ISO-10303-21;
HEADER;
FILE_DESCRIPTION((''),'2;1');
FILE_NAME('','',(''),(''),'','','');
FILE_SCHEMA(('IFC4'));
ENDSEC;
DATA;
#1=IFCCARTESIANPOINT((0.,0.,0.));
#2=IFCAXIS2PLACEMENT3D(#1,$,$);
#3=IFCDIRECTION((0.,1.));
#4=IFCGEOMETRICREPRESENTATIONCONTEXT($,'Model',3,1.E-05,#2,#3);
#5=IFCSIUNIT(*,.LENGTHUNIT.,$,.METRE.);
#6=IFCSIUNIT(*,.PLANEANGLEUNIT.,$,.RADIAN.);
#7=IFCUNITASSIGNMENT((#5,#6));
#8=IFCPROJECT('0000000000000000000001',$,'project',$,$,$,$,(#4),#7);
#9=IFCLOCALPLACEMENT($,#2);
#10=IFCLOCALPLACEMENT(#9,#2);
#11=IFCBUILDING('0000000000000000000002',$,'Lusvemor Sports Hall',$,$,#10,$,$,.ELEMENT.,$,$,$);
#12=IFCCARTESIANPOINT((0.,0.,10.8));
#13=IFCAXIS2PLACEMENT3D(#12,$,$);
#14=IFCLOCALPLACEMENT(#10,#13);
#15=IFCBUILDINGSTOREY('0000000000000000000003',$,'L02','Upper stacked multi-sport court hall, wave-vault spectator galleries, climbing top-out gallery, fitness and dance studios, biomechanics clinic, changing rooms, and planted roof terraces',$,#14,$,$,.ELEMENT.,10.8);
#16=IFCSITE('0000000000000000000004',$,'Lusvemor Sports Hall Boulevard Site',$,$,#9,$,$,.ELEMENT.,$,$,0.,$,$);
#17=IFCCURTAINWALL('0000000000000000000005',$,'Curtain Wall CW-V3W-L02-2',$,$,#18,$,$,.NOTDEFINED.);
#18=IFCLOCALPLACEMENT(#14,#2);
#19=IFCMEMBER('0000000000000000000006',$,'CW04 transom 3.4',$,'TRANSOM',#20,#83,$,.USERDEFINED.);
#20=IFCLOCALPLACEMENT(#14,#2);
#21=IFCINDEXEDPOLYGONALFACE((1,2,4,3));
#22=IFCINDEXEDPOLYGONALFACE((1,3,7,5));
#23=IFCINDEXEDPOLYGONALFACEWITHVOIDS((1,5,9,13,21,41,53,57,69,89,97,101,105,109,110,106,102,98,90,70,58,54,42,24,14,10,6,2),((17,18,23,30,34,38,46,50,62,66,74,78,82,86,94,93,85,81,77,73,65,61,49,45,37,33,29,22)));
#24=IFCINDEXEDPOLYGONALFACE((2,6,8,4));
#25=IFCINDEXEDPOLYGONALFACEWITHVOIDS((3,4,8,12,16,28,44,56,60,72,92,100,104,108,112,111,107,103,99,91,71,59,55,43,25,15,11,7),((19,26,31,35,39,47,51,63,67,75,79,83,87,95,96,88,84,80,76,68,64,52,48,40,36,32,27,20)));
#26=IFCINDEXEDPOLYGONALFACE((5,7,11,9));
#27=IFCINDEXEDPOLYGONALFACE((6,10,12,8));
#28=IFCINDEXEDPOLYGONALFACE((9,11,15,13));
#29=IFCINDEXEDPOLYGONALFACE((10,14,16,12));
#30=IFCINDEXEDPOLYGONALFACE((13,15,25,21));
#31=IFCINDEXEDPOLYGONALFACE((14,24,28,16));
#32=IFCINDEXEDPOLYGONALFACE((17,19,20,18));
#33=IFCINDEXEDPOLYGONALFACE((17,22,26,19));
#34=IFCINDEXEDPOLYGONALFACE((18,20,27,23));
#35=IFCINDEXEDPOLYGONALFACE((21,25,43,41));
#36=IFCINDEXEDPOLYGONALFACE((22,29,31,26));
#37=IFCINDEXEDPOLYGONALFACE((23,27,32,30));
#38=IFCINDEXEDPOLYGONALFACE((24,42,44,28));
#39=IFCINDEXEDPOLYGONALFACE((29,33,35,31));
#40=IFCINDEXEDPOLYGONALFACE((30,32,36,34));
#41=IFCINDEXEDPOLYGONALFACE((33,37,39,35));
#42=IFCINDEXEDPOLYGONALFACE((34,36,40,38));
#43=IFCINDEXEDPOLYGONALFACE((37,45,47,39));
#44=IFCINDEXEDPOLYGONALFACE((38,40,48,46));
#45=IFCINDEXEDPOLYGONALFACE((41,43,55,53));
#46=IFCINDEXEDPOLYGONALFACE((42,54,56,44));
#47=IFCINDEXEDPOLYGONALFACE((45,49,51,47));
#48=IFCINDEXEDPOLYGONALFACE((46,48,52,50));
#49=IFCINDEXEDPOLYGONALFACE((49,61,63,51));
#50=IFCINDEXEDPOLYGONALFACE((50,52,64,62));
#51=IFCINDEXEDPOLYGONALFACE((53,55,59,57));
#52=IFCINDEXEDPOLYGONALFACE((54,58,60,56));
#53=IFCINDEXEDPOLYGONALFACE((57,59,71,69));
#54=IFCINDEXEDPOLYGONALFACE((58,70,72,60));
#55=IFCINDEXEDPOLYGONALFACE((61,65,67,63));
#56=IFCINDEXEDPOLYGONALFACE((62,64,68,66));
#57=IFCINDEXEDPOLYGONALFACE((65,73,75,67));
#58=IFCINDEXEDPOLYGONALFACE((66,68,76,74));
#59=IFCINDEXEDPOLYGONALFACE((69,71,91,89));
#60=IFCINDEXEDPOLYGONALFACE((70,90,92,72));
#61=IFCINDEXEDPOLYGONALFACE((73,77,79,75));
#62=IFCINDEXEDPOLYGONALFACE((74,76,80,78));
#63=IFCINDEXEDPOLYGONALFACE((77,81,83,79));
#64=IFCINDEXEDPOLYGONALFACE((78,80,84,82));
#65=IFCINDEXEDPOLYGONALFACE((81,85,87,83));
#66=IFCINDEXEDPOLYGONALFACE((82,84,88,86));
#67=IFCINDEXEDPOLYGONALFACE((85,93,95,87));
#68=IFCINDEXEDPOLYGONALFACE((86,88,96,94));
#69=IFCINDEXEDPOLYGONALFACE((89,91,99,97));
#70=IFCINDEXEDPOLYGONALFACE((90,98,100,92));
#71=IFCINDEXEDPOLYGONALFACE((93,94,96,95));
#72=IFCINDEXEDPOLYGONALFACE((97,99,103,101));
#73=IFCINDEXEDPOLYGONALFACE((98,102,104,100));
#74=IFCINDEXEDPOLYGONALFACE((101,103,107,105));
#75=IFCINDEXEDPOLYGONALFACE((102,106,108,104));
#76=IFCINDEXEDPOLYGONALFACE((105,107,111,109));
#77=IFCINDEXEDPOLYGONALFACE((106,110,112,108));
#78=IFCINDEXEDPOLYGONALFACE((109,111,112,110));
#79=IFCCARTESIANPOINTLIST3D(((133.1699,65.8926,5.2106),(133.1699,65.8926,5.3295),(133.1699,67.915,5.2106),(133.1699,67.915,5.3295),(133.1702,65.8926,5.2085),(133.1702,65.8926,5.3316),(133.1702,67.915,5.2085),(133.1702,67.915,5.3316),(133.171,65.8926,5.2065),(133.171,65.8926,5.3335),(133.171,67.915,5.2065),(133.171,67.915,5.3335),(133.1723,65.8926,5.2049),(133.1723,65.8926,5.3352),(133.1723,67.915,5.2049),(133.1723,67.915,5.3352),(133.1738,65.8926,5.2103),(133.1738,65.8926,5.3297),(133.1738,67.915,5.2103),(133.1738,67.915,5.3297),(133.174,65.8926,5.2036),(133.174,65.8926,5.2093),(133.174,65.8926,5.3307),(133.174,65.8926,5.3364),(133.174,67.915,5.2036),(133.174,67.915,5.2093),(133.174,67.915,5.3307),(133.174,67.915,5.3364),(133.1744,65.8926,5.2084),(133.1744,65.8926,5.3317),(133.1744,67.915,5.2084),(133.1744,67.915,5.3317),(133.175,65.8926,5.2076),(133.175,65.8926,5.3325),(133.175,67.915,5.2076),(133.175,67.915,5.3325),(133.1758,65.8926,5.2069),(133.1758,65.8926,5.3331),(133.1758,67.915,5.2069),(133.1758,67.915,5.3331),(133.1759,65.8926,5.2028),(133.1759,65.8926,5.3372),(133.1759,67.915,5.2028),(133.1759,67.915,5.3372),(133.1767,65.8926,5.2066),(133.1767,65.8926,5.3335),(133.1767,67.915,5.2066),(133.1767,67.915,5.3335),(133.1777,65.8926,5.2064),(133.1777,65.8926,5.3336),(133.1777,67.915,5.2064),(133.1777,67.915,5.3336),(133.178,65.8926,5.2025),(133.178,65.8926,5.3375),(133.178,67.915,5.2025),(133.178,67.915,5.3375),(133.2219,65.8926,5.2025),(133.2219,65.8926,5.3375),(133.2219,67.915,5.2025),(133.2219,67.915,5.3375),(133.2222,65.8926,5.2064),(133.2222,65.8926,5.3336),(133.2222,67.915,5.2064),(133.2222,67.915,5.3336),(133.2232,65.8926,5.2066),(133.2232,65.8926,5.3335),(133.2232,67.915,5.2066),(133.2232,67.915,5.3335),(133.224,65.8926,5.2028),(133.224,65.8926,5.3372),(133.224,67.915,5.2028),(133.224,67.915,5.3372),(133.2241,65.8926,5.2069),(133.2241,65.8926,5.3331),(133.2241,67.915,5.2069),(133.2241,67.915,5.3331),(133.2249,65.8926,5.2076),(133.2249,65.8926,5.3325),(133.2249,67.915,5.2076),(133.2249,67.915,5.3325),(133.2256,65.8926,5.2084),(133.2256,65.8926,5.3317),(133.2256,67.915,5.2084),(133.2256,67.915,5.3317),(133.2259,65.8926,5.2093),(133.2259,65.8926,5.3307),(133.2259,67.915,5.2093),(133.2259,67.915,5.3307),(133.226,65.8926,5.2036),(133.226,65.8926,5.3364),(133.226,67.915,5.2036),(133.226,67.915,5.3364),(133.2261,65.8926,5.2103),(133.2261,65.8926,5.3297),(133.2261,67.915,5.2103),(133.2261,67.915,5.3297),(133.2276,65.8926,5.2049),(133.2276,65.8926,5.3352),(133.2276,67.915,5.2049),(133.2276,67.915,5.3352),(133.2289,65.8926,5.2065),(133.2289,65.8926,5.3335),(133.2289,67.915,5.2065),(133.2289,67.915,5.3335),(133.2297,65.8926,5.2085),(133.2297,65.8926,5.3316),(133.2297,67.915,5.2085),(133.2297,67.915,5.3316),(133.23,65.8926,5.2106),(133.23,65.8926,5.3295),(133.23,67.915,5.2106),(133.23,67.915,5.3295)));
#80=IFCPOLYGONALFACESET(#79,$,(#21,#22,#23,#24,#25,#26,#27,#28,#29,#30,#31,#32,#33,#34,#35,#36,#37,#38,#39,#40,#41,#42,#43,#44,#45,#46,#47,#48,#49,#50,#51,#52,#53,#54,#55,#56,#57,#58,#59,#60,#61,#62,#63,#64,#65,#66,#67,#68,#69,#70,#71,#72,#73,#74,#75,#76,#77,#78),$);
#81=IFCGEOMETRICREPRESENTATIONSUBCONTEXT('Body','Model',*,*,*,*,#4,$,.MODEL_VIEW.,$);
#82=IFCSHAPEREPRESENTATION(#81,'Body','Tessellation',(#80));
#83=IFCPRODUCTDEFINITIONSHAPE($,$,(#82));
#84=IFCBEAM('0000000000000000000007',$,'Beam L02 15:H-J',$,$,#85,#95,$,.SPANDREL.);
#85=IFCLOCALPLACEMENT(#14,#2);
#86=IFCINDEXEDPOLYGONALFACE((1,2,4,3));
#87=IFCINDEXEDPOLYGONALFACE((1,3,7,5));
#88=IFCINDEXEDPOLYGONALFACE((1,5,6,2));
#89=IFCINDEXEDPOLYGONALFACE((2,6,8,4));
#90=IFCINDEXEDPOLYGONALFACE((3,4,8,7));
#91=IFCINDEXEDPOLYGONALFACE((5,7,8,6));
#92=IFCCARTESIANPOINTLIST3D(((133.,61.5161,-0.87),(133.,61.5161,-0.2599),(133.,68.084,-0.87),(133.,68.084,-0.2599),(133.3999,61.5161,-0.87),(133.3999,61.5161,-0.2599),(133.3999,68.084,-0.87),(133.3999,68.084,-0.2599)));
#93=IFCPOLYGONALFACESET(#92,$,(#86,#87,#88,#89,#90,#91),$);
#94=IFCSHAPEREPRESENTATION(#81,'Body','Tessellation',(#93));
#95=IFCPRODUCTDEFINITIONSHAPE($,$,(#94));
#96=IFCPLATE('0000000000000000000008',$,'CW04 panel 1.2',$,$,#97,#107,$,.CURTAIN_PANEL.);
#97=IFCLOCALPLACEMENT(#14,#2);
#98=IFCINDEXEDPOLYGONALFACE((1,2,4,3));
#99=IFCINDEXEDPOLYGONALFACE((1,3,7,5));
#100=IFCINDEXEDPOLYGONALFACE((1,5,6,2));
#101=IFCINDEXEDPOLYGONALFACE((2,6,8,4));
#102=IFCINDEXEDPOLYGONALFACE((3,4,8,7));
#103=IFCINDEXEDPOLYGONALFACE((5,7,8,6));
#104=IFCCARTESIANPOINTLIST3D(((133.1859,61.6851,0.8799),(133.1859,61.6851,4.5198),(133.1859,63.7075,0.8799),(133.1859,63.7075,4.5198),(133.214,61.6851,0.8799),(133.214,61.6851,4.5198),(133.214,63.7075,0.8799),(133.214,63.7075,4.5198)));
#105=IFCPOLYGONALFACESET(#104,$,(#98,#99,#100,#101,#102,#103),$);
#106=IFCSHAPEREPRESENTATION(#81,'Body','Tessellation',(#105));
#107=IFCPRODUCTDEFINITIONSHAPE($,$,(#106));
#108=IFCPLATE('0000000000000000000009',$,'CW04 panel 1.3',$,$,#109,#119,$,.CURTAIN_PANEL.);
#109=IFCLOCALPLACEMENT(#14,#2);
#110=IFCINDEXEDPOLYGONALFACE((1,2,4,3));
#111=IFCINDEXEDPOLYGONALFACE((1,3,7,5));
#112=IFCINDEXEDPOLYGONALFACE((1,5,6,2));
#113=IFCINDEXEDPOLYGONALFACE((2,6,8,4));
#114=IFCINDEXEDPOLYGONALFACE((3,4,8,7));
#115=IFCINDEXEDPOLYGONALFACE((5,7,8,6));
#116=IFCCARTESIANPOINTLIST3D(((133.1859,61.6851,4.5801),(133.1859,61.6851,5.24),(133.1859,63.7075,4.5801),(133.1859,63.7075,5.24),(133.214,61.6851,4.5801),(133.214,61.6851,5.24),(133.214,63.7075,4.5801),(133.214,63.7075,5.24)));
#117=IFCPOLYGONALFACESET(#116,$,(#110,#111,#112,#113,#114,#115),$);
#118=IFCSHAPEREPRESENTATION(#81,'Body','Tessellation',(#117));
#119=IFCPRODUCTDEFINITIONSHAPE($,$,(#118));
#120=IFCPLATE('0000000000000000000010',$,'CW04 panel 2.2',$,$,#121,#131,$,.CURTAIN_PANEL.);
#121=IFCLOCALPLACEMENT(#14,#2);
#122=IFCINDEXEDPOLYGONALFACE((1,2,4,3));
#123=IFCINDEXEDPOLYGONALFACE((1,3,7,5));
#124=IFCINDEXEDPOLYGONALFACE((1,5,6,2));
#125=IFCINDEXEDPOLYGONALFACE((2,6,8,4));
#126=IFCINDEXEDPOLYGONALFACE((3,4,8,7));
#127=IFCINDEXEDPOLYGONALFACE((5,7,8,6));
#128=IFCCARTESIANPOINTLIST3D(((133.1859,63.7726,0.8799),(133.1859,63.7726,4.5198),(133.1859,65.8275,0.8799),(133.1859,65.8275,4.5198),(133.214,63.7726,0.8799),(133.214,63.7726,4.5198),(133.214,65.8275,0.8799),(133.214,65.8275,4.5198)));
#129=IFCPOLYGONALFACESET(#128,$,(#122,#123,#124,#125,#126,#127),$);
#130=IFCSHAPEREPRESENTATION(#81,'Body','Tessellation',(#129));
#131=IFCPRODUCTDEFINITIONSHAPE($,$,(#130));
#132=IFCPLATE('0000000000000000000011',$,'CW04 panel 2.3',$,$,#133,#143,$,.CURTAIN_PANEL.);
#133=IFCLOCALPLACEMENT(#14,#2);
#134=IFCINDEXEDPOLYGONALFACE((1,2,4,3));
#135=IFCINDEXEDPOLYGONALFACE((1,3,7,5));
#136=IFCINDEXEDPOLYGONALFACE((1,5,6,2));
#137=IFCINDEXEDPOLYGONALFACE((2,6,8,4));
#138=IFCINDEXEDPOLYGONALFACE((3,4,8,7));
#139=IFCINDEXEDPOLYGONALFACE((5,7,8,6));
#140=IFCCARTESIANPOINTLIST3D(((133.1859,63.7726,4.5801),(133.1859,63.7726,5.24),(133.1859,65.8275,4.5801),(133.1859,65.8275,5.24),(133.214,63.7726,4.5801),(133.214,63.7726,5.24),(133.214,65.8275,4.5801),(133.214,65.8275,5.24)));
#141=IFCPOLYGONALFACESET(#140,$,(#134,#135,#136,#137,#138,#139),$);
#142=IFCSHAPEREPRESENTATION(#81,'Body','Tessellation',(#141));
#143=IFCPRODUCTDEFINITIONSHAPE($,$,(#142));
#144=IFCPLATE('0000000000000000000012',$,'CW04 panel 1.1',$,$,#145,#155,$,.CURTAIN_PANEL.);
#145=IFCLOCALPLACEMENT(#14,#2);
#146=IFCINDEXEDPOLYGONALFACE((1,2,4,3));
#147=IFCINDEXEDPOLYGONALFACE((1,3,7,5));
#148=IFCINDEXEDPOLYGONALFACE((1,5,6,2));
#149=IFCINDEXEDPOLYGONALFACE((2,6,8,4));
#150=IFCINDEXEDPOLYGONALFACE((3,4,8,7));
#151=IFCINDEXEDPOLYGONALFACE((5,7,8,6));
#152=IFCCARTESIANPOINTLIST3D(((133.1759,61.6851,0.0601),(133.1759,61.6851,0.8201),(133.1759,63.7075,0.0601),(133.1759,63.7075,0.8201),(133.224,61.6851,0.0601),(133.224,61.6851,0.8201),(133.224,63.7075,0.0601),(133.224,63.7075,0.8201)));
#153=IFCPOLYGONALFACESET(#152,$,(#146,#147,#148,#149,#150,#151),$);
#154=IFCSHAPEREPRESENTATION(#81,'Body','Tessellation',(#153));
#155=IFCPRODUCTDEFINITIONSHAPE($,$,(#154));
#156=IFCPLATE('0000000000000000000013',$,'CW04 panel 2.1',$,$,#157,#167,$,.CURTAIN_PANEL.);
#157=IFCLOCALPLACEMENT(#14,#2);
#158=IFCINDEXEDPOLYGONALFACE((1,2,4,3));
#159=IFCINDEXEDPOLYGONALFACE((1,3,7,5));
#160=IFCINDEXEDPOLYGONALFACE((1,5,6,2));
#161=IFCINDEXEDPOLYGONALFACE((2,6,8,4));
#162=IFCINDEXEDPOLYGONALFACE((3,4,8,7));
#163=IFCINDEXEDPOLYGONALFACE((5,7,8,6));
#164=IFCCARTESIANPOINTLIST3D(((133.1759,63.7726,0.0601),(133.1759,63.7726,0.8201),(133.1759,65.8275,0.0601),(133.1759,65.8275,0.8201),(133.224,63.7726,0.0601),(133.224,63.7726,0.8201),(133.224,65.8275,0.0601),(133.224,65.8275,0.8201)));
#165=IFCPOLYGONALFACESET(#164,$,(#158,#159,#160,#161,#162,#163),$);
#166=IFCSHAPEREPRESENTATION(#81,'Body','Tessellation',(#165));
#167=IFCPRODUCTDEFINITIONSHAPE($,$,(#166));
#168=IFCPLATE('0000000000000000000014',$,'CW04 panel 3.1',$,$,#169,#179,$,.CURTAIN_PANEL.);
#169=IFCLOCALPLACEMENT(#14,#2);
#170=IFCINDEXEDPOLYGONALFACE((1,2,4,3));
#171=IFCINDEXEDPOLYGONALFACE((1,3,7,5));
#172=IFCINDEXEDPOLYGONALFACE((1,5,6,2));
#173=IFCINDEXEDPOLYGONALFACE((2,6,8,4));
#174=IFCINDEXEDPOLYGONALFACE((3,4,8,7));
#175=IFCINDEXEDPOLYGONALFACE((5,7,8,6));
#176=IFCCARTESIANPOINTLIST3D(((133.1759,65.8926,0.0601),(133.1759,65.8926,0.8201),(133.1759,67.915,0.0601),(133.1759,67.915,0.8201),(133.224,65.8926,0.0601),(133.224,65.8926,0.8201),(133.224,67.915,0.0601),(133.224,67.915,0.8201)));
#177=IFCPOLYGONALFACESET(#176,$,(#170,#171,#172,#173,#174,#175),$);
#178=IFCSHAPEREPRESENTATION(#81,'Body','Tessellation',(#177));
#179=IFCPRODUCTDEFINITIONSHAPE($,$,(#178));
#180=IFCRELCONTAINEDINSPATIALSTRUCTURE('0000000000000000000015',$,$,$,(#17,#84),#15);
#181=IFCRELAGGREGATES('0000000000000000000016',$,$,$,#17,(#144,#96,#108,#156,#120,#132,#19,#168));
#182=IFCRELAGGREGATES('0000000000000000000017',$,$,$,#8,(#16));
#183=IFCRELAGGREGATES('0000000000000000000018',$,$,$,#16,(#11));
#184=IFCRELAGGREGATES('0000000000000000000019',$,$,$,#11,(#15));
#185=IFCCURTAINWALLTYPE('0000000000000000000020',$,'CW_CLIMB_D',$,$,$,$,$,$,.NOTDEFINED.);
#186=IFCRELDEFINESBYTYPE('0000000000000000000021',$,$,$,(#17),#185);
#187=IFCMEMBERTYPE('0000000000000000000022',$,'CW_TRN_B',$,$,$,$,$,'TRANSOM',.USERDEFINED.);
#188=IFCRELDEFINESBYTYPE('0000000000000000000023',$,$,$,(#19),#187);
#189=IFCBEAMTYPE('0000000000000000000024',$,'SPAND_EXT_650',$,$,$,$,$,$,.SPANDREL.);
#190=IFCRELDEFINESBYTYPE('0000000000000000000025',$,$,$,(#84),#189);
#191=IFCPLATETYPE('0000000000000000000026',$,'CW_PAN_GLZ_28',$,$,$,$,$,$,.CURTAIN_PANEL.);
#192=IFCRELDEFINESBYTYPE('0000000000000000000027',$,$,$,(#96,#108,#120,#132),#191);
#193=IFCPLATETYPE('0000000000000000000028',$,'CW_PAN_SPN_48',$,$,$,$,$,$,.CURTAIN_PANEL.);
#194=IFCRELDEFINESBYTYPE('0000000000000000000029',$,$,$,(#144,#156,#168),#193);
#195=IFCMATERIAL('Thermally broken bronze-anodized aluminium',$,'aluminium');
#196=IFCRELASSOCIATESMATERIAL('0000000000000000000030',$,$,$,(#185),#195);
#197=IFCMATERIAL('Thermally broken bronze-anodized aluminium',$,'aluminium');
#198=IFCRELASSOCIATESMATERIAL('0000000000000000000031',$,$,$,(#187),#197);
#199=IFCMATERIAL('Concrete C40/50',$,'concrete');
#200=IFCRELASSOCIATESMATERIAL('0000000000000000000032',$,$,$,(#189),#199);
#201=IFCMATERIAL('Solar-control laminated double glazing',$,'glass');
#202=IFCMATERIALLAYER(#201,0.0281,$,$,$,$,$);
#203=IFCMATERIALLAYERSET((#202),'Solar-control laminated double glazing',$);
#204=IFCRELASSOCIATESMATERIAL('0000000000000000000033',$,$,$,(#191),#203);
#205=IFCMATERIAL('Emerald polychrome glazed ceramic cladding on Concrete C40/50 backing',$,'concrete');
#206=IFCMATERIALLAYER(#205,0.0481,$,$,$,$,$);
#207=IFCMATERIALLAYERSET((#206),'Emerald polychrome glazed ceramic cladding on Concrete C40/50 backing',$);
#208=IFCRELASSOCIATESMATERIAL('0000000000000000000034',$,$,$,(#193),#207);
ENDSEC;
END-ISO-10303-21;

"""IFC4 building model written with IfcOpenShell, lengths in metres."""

from ifc_helpers import new_model, si_unit, direction, frame, origin, origin_2d, place, context, subcontext, project, spatial, rectangle, hollow_rectangle, extrude, material, layer, layer_set, material_profile, profile_set, type_object, element, aggregate, save


model = new_model("IFC4")

# Units and contexts
model_context = context("Model", 3, precision=1e-05, world=origin(), true_north=direction((0.0, 1.0)))
body_context = subcontext(model_context, "Body", "Model", "MODEL_VIEW")
ifc_project = project(units=[si_unit("LENGTHUNIT", "METRE"), si_unit("PLANEANGLEUNIT", "RADIAN")], contexts=[model_context])

# Site, building, storey
site_placement = place(None, origin())
site = spatial("IfcSite", under=ifc_project, at=site_placement, Name="Lusvemor Sports Hall Boulevard Site", CompositionType="ELEMENT", RefElevation=0.0)
building_placement = place(site_placement, origin())
building = spatial("IfcBuilding", under=site, at=building_placement, Name="Lusvemor Sports Hall", CompositionType="ELEMENT")
storey_placement = place(building_placement, frame((0.0, 0.0, 10.8)))
storey = spatial("IfcBuildingStorey", under=building, at=storey_placement, Name="L02", Description="Upper stacked multi-sport court hall, wave-vault spectator galleries, climbing top-out gallery, fitness and dance studios, biomechanics clinic, changing rooms, and planted roof terraces", CompositionType="ELEMENT", Elevation=10.8)

# Curtain wall, member
ifc_material_1 = material(Name="Thermally broken bronze-anodized aluminium", Category="aluminium")
curtain_wall_type = type_object("IfcCurtainWallType", Name="CW_CLIMB_D", PredefinedType="NOTDEFINED", material=ifc_material_1)
curtain_wall_placement = place(storey_placement, origin())
curtain_wall = element("IfcCurtainWall", 1, at=curtain_wall_placement, inside=storey, type_object=curtain_wall_type, Name="Curtain Wall CW-V3W-L02-2", PredefinedType="NOTDEFINED")
ifc_material_2 = material(Name="Thermally broken bronze-anodized aluminium", Category="aluminium")
ifc_material_profile_1 = material_profile(ifc_material_2, hollow_rectangle(XDim=0.0601, YDim=0.135, WallThickness=0.0039, InnerFilletRadius=0.0039, OuterFilletRadius=0.0081, at=origin_2d()), Name="CWTRN135x60x4")
ifc_profile_set_1 = profile_set([ifc_material_profile_1], Name="Thermally broken bronze-anodized aluminium")
member_type_1 = type_object("IfcMemberType", Name="CW_TRN_B", ElementType="TRANSOM", PredefinedType="USERDEFINED", material=ifc_profile_set_1)
member_1_placement = place(storey_placement, frame((133.2, 65.8926, 5.27), z_axis=(0.0, 1.0, 0.0), x_axis=(-1.0, 0.0, 0.0)))
member_1 = element("IfcMember", 2, at=member_1_placement, type_object=member_type_1, Name="CW04 transom 3.4", ObjectType="TRANSOM", PredefinedType="USERDEFINED", context=body_context, shape_type="SweptSolid", body=[
    extrude(hollow_rectangle(XDim=0.0601, YDim=0.135, WallThickness=0.0039, InnerFilletRadius=0.0039, OuterFilletRadius=0.0081, at=origin_2d()), origin(), (0.0, 0.0, 1.0), 2.0225),
])

# Beam
ifc_material_3 = material(Name="Concrete C40/50", Category="concrete")
ifc_material_profile_2 = material_profile(ifc_material_3, rectangle(XDim=0.3999, YDim=0.6101, at=origin_2d()), Name="RC400x610")
ifc_profile_set_2 = profile_set([ifc_material_profile_2], Name="Concrete C40/50")
beam_type = type_object("IfcBeamType", Name="SPAND_EXT_650", PredefinedType="SPANDREL", material=ifc_profile_set_2)
beam_placement = place(storey_placement, frame((133.2, 61.5161, -0.5649), z_axis=(0.0, 1.0, 0.0), x_axis=(-1.0, 0.0, 0.0)))
element("IfcBeam", 3, at=beam_placement, inside=storey, type_object=beam_type, Name="Beam L02 15:H-J", PredefinedType="SPANDREL", context=body_context, shape_type="SweptSolid", body=[
    extrude(rectangle(XDim=0.3999, YDim=0.6101, at=origin_2d()), origin(), (0.0, 0.0, 1.0), 6.5679),
])

# Plates
ifc_material_4 = material(Name="Solar-control laminated double glazing", Category="glass")
ifc_layer_1 = layer(ifc_material_4, 0.0281)
ifc_layer_set_1 = layer_set([ifc_layer_1], Name="Solar-control laminated double glazing")
plate_type_1 = type_object("IfcPlateType", Name="CW_PAN_GLZ_28", PredefinedType="CURTAIN_PANEL", material=ifc_layer_set_1)
plate_1_placement = place(storey_placement, frame((133.2, 62.6963, 0.8799), z_axis=(0.0, 0.0, 1.0), x_axis=(0.0, 1.0, 0.0)))
plate_1 = element("IfcPlate", 4, at=plate_1_placement, type_object=plate_type_1, Name="CW04 panel 1.2", PredefinedType="CURTAIN_PANEL", context=body_context, shape_type="SweptSolid", body=[
    extrude(rectangle(XDim=2.0225, YDim=0.0281, at=origin_2d()), origin(), (0.0, 0.0, 1.0), 3.6399),
])
plate_2_placement = place(storey_placement, frame((133.2, 62.6963, 4.5801), z_axis=(0.0, 0.0, 1.0), x_axis=(0.0, 1.0, 0.0)))
plate_2 = element("IfcPlate", 5, at=plate_2_placement, type_object=plate_type_1, Name="CW04 panel 1.3", PredefinedType="CURTAIN_PANEL", context=body_context, shape_type="SweptSolid", body=[
    extrude(rectangle(XDim=2.0225, YDim=0.0281, at=origin_2d()), origin(), (0.0, 0.0, 1.0), 0.6599),
])
plate_3_placement = place(storey_placement, frame((133.2, 64.8, 0.8799), z_axis=(0.0, 0.0, 1.0), x_axis=(0.0, 1.0, 0.0)))
plate_3 = element("IfcPlate", 6, at=plate_3_placement, type_object=plate_type_1, Name="CW04 panel 2.2", PredefinedType="CURTAIN_PANEL", context=body_context, shape_type="SweptSolid", body=[
    extrude(rectangle(XDim=2.0549, YDim=0.0281, at=origin_2d()), origin(), (0.0, 0.0, 1.0), 3.6399),
])
plate_4_placement = place(storey_placement, frame((133.2, 64.8, 4.5801), z_axis=(0.0, 0.0, 1.0), x_axis=(0.0, 1.0, 0.0)))
plate_4 = element("IfcPlate", 7, at=plate_4_placement, type_object=plate_type_1, Name="CW04 panel 2.3", PredefinedType="CURTAIN_PANEL", context=body_context, shape_type="SweptSolid", body=[
    extrude(rectangle(XDim=2.0549, YDim=0.0281, at=origin_2d()), origin(), (0.0, 0.0, 1.0), 0.6599),
])
ifc_material_5 = material(Name="Emerald polychrome glazed ceramic cladding on Concrete C40/50 backing", Category="concrete")
ifc_layer_2 = layer(ifc_material_5, 0.0481)
ifc_layer_set_2 = layer_set([ifc_layer_2], Name="Emerald polychrome glazed ceramic cladding on Concrete C40/50 backing")
plate_type_2 = type_object("IfcPlateType", Name="CW_PAN_SPN_48", PredefinedType="CURTAIN_PANEL", material=ifc_layer_set_2)
plate_5_placement = place(storey_placement, frame((133.2, 62.6963, 0.0601), z_axis=(0.0, 0.0, 1.0), x_axis=(0.0, 1.0, 0.0)))
plate_5 = element("IfcPlate", 8, at=plate_5_placement, type_object=plate_type_2, Name="CW04 panel 1.1", PredefinedType="CURTAIN_PANEL", context=body_context, shape_type="SweptSolid", body=[
    extrude(rectangle(XDim=2.0225, YDim=0.0481, at=origin_2d()), origin(), (0.0, 0.0, 1.0), 0.76),
])
plate_6_placement = place(storey_placement, frame((133.2, 64.8, 0.0601), z_axis=(0.0, 0.0, 1.0), x_axis=(0.0, 1.0, 0.0)))
plate_6 = element("IfcPlate", 9, at=plate_6_placement, type_object=plate_type_2, Name="CW04 panel 2.1", PredefinedType="CURTAIN_PANEL", context=body_context, shape_type="SweptSolid", body=[
    extrude(rectangle(XDim=2.0549, YDim=0.0481, at=origin_2d()), origin(), (0.0, 0.0, 1.0), 0.76),
])
plate_7_placement = place(storey_placement, frame((133.2, 66.9038, 0.0601), z_axis=(0.0, 0.0, 1.0), x_axis=(0.0, 1.0, 0.0)))
plate_7 = element("IfcPlate", 10, at=plate_7_placement, type_object=plate_type_2, Name="CW04 panel 3.1", PredefinedType="CURTAIN_PANEL", context=body_context, shape_type="SweptSolid", body=[
    extrude(rectangle(XDim=2.0225, YDim=0.0481, at=origin_2d()), origin(), (0.0, 0.0, 1.0), 0.76),
])
aggregate(curtain_wall, [plate_5, plate_1, plate_2, plate_6, plate_3, plate_4, member_1, plate_7])

save(model, "model.ifc")
